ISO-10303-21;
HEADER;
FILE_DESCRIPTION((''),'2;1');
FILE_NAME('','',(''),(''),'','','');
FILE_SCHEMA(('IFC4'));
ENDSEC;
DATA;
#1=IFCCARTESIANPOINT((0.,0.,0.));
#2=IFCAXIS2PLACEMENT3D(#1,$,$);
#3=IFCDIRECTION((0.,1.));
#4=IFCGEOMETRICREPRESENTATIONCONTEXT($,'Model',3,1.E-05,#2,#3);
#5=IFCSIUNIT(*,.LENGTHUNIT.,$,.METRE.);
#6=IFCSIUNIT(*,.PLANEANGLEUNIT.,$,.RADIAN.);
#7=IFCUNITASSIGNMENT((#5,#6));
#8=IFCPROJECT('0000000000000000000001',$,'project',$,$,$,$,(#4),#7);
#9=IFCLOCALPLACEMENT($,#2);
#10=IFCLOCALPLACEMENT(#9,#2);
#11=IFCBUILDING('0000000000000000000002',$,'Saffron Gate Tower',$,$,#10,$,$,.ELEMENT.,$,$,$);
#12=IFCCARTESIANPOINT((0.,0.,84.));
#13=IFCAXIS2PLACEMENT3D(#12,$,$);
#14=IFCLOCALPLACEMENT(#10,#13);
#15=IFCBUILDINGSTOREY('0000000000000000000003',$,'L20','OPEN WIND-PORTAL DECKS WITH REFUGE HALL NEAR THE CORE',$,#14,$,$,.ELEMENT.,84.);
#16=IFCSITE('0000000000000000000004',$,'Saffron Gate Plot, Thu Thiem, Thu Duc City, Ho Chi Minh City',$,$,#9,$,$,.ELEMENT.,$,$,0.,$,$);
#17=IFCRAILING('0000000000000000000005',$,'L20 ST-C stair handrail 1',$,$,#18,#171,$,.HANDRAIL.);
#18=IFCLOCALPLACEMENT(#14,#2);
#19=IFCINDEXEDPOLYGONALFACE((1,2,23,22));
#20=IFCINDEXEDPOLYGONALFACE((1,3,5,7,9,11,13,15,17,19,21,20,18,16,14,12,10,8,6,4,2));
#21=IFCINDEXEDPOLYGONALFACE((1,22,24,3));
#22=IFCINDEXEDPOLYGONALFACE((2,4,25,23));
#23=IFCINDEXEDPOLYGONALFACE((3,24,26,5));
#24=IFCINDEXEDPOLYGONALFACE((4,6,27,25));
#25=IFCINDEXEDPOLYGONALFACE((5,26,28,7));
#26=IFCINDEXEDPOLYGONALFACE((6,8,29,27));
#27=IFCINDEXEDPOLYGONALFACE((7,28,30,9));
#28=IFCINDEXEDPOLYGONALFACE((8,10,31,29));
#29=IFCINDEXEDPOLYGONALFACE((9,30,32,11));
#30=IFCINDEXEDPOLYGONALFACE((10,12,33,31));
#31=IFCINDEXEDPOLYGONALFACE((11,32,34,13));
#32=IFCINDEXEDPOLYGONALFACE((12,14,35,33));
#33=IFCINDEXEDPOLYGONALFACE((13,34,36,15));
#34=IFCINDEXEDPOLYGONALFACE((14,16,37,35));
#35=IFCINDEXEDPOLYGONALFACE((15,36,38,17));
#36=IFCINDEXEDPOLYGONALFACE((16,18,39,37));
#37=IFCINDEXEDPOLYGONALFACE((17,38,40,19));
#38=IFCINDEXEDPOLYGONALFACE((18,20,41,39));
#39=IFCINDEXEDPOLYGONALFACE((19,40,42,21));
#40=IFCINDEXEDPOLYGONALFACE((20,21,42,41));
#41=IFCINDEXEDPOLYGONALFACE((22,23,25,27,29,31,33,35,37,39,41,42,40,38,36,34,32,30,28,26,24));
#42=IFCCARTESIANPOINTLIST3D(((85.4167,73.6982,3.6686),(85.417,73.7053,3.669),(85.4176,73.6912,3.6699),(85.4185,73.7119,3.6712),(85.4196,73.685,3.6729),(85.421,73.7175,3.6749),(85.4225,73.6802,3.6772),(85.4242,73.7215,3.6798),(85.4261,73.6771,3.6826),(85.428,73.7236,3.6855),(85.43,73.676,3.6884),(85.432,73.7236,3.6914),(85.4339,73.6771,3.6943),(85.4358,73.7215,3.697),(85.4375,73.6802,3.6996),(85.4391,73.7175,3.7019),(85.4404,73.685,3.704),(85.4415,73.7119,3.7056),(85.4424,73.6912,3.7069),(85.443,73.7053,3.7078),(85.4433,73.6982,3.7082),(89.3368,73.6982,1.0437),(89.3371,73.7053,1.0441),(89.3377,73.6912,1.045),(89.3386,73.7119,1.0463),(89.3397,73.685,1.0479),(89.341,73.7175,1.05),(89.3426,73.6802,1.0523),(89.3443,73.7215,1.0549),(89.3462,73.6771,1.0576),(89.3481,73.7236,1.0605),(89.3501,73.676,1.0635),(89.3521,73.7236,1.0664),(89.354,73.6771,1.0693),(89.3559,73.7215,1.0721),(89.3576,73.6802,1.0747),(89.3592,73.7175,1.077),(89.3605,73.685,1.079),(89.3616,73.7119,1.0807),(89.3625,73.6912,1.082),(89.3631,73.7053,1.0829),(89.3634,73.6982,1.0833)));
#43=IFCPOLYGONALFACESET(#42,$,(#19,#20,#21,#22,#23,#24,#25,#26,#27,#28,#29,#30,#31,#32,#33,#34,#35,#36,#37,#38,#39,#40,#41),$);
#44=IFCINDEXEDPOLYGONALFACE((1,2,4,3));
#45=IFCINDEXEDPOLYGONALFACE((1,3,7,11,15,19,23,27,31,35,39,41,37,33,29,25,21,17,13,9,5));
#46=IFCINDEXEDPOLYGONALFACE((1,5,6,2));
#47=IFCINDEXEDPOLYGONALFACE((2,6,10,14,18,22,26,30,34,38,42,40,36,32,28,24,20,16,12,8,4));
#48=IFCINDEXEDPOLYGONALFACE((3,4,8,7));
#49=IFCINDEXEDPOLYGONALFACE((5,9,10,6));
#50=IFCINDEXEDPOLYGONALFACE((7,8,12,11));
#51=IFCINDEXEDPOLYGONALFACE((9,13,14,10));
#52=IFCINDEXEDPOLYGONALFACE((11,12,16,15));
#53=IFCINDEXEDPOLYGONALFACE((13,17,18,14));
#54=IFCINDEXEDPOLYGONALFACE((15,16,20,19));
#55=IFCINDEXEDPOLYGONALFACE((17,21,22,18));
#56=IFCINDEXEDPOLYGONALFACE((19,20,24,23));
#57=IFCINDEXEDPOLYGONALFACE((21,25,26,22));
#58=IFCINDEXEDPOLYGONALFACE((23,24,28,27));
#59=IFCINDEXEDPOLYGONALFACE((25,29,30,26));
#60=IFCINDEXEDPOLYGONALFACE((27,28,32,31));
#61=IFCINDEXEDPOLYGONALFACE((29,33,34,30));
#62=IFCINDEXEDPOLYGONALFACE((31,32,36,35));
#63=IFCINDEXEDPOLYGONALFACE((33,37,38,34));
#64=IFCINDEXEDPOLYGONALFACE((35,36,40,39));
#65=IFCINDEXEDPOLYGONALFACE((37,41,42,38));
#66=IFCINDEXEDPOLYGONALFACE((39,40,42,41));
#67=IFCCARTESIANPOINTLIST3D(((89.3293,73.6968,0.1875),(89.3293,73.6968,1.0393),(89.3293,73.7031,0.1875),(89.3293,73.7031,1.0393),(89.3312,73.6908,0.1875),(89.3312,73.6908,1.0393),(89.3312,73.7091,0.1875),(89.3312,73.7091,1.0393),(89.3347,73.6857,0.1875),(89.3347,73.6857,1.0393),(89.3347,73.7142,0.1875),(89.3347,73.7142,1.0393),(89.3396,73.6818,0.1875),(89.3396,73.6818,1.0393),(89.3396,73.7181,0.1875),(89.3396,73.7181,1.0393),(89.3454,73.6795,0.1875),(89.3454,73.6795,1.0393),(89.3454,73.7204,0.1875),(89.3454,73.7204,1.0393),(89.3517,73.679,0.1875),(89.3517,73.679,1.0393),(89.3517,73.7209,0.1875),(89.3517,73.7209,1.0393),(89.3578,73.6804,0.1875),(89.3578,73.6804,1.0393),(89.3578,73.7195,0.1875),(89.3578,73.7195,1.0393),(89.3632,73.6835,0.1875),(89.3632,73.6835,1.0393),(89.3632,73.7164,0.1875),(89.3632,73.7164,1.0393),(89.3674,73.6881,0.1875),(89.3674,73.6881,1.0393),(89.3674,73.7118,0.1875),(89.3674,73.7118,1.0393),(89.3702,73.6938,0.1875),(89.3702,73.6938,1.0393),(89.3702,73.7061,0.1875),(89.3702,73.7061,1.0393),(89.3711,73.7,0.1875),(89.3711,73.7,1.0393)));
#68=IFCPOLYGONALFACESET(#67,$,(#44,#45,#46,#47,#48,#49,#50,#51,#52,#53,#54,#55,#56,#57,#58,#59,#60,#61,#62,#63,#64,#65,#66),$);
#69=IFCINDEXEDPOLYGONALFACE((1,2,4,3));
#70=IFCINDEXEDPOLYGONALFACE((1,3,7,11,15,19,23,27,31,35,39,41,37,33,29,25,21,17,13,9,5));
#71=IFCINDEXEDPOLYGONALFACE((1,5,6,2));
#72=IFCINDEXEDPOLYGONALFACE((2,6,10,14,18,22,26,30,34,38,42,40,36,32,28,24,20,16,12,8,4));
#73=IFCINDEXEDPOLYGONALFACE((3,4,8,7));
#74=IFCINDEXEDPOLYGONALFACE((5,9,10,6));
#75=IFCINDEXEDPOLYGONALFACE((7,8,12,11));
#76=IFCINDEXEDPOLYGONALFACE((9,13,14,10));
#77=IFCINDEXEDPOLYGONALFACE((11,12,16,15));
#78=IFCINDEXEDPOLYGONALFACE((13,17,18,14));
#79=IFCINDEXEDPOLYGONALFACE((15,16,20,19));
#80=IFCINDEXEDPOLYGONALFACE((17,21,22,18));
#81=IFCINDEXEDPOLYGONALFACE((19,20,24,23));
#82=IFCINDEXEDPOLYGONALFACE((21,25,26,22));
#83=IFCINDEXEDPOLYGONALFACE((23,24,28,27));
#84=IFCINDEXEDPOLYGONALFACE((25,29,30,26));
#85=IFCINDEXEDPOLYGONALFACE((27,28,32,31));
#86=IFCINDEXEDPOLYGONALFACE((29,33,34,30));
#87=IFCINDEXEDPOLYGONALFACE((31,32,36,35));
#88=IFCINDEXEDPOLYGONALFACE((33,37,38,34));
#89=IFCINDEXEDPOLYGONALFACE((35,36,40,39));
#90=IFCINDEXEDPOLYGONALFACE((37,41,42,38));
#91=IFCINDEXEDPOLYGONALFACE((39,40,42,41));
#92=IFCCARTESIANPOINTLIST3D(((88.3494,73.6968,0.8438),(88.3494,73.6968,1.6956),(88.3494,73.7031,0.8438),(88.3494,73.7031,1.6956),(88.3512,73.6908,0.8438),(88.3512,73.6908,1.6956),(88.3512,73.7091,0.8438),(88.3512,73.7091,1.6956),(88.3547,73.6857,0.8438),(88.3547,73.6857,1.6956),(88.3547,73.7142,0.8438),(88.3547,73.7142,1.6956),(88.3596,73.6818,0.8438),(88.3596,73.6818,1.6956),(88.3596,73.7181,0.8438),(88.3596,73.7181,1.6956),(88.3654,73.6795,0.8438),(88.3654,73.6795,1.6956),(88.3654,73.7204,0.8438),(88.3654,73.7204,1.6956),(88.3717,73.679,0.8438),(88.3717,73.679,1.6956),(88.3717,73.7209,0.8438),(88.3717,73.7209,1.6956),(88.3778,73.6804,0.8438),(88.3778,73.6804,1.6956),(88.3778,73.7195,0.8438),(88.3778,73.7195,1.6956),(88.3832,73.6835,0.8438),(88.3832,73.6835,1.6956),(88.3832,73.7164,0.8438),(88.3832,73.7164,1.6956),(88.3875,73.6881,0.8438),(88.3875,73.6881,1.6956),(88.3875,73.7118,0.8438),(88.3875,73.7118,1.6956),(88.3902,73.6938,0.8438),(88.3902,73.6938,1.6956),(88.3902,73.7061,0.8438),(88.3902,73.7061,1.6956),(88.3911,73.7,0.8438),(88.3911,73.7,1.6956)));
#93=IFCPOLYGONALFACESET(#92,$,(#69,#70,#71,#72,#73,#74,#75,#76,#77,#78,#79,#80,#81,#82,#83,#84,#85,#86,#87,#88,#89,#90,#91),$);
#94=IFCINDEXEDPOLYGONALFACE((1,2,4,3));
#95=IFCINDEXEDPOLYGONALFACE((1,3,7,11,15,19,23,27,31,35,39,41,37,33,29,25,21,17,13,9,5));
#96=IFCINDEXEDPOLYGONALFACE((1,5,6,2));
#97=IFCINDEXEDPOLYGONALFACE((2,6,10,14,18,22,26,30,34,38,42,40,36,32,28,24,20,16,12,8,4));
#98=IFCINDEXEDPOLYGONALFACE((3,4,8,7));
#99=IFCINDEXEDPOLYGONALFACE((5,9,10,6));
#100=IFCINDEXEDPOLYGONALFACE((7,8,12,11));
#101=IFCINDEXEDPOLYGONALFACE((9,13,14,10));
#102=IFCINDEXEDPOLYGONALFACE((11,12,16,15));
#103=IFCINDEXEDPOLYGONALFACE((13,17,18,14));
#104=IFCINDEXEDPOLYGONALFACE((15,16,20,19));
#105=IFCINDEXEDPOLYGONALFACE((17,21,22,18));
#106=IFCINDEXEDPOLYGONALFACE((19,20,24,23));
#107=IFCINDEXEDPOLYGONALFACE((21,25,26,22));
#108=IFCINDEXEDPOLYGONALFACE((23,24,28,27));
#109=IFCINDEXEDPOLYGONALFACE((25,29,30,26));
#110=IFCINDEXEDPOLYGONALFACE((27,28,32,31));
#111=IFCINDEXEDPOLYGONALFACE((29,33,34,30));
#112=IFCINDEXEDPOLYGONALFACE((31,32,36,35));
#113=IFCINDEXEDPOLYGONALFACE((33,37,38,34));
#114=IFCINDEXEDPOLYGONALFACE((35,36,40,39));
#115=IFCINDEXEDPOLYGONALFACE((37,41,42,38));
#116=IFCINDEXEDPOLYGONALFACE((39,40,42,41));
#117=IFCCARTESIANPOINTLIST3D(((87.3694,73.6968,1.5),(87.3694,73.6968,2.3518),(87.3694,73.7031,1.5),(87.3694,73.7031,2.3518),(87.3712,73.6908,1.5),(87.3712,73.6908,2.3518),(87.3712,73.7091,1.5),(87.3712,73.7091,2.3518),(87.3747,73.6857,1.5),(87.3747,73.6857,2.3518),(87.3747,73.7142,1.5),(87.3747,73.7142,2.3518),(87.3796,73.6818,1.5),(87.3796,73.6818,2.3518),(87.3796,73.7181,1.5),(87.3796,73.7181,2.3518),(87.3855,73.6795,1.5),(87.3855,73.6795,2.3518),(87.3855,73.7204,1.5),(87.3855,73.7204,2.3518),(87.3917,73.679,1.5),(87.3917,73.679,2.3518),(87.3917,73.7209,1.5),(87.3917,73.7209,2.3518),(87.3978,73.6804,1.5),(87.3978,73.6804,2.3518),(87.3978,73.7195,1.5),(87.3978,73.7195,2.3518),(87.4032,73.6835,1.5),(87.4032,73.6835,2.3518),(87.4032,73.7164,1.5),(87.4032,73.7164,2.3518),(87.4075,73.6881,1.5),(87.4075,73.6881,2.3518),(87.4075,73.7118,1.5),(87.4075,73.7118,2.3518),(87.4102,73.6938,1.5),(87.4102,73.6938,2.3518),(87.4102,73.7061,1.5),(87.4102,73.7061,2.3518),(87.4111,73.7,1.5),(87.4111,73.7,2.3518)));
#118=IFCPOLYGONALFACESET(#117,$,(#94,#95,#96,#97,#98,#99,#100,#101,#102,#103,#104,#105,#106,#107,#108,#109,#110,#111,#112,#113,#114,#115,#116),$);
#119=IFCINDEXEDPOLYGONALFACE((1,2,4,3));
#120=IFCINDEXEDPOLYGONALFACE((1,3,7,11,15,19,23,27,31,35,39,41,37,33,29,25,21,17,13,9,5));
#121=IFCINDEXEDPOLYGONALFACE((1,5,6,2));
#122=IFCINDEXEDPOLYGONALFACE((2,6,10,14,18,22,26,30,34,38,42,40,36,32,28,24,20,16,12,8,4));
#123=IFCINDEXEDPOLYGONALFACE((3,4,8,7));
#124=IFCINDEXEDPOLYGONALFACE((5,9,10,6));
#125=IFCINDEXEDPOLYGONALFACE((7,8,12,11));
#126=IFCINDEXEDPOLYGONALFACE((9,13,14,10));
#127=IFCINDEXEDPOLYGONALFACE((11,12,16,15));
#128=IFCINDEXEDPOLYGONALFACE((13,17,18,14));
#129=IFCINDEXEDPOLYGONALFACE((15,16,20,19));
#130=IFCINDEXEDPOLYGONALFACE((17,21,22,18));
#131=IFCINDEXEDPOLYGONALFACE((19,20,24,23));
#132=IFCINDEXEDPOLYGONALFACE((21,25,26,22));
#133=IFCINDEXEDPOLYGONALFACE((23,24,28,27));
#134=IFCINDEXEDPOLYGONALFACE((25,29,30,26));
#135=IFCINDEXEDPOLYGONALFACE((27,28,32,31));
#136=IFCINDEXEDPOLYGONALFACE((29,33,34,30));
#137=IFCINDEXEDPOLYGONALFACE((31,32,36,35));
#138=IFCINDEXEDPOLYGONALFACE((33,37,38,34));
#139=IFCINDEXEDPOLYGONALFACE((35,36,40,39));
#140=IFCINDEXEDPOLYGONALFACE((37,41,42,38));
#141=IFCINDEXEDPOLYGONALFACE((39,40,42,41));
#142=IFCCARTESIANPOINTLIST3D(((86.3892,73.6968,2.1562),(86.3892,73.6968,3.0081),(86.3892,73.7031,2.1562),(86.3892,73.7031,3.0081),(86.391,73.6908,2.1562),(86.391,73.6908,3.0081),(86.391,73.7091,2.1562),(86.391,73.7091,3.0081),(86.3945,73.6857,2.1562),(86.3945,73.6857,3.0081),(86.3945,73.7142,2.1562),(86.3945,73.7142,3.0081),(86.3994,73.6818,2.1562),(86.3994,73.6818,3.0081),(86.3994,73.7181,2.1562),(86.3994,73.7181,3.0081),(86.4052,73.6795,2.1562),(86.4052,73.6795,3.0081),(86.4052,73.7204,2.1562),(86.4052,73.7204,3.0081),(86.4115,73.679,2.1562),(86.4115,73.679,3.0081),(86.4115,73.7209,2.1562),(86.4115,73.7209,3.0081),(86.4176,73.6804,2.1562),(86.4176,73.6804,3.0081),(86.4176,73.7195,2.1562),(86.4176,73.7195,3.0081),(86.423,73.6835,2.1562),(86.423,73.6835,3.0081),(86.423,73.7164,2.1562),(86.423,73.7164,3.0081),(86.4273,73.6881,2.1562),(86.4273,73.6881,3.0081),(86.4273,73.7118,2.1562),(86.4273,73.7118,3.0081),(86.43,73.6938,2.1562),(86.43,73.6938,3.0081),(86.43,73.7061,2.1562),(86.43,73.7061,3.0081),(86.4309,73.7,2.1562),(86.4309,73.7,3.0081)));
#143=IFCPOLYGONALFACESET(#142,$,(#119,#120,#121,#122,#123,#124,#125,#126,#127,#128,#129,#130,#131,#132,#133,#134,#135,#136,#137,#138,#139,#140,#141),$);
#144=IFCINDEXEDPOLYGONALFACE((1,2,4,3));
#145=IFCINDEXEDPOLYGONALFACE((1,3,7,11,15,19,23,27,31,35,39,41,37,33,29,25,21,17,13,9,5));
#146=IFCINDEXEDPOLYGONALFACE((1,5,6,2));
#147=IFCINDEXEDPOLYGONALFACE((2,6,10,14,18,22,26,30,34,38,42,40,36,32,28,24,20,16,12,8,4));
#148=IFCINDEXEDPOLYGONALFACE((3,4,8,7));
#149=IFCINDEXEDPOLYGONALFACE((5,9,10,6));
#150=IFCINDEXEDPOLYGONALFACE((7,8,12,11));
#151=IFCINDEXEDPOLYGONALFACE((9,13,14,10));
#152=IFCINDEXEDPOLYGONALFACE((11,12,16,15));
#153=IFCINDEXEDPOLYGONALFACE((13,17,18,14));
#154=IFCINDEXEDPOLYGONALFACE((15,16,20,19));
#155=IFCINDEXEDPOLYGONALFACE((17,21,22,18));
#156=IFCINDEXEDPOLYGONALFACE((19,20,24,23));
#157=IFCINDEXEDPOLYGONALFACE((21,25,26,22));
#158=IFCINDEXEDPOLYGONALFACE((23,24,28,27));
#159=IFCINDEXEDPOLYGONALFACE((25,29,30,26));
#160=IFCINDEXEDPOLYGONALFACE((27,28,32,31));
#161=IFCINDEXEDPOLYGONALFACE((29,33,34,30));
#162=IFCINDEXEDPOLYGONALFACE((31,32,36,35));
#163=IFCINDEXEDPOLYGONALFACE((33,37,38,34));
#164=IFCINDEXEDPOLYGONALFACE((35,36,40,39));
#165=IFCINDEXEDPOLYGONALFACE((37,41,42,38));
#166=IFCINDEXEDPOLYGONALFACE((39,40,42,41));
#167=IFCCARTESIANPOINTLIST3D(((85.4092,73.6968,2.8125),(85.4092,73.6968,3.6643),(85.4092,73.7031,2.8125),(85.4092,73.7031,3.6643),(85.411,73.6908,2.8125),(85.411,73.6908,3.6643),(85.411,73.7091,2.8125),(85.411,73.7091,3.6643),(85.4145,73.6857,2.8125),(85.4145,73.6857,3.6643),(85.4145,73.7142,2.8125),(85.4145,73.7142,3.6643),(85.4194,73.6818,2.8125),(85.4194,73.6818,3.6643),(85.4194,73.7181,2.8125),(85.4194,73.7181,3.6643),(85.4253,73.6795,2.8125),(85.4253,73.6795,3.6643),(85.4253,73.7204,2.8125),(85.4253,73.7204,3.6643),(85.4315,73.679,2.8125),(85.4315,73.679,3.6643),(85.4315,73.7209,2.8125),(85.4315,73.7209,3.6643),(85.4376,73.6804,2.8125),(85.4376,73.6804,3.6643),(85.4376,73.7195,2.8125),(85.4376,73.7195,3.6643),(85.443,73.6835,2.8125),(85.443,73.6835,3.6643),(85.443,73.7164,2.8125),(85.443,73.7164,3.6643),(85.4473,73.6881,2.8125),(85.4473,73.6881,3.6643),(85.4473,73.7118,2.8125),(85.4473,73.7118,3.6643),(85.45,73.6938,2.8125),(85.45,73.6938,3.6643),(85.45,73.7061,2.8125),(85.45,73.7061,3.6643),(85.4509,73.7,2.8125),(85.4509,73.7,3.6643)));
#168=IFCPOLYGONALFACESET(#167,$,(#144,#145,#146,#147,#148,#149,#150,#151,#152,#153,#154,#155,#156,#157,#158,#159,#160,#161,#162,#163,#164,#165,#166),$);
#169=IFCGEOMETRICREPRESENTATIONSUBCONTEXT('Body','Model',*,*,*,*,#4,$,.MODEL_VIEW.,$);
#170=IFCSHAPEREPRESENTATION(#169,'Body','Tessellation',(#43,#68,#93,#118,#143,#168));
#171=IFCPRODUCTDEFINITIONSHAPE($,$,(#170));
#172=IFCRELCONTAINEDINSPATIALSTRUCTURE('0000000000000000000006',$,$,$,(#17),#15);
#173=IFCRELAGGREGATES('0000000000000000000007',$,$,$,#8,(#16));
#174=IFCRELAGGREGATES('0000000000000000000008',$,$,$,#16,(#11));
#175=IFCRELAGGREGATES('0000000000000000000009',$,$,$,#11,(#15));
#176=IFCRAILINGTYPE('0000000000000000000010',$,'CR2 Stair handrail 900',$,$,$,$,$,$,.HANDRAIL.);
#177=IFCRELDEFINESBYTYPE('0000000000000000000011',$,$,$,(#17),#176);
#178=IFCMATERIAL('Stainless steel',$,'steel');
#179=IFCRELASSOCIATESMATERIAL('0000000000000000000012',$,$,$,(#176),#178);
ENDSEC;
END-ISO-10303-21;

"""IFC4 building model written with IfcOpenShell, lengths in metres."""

from ifc_helpers import new_model, si_unit, direction, frame, origin, origin_2d, place, context, subcontext, project, spatial, circle, extrude, material, type_object, element, save


model = new_model("IFC4")

# Units and contexts
model_context = context("Model", 3, precision=1e-05, world=origin(), true_north=direction((0.0, 1.0)))
body_context = subcontext(model_context, "Body", "Model", "MODEL_VIEW")
ifc_project = project(units=[si_unit("LENGTHUNIT", "METRE"), si_unit("PLANEANGLEUNIT", "RADIAN")], contexts=[model_context])

# Site, building, storey
site_placement = place(None, origin())
site = spatial("IfcSite", under=ifc_project, at=site_placement, Name="Saffron Gate Plot, Thu Thiem, Thu Duc City, Ho Chi Minh City", CompositionType="ELEMENT", RefElevation=0.0)
building_placement = place(site_placement, origin())
building = spatial("IfcBuilding", under=site, at=building_placement, Name="Saffron Gate Tower", CompositionType="ELEMENT")
storey_placement = place(building_placement, frame((0.0, 0.0, 84.0)))
storey = spatial("IfcBuildingStorey", under=building, at=storey_placement, Name="L20", Description="OPEN WIND-PORTAL DECKS WITH REFUGE HALL NEAR THE CORE", CompositionType="ELEMENT", Elevation=84.0)

# Railing
ifc_material_1 = material(Name="Stainless steel", Category="steel")
railing_type_1 = type_object("IfcRailingType", Name="CR2 Stair handrail 900", PredefinedType="HANDRAIL", material=ifc_material_1)
railing_1_placement = place(storey_placement, frame((89.3501, 73.7, 0.1875)))
element("IfcRailing", 1, at=railing_1_placement, inside=storey, type_object=railing_type_1, Name="L20 ST-C stair handrail 1", PredefinedType="HANDRAIL", context=body_context, shape_type="SweptSolid", body=[
    extrude(circle(Radius=0.0239, at=origin_2d()), frame((0.0, 0.0, 0.876), z_axis=(-0.830918, 0.0, 0.556395), x_axis=(0.0, -1.0, 0.0)), (0.0, 0.0, 1.0), 4.7178),
    extrude(circle(Radius=0.021, at=origin_2d()), origin(), (0.0, 0.0, 1.0), 0.8518),
    extrude(circle(Radius=0.021, at=origin_2d()), frame((-0.98, 0.0, 0.6562)), (0.0, 0.0, 1.0), 0.8518),
    extrude(circle(Radius=0.021, at=origin_2d()), frame((-1.96, 0.0, 1.3125)), (0.0, 0.0, 1.0), 0.8518),
    extrude(circle(Radius=0.021, at=origin_2d()), frame((-2.9402, 0.0, 1.9688)), (0.0, 0.0, 1.0), 0.8518),
    extrude(circle(Radius=0.021, at=origin_2d()), frame((-3.9202, 0.0, 2.625)), (0.0, 0.0, 1.0), 0.8518),
])

save(model, "model.ifc")
